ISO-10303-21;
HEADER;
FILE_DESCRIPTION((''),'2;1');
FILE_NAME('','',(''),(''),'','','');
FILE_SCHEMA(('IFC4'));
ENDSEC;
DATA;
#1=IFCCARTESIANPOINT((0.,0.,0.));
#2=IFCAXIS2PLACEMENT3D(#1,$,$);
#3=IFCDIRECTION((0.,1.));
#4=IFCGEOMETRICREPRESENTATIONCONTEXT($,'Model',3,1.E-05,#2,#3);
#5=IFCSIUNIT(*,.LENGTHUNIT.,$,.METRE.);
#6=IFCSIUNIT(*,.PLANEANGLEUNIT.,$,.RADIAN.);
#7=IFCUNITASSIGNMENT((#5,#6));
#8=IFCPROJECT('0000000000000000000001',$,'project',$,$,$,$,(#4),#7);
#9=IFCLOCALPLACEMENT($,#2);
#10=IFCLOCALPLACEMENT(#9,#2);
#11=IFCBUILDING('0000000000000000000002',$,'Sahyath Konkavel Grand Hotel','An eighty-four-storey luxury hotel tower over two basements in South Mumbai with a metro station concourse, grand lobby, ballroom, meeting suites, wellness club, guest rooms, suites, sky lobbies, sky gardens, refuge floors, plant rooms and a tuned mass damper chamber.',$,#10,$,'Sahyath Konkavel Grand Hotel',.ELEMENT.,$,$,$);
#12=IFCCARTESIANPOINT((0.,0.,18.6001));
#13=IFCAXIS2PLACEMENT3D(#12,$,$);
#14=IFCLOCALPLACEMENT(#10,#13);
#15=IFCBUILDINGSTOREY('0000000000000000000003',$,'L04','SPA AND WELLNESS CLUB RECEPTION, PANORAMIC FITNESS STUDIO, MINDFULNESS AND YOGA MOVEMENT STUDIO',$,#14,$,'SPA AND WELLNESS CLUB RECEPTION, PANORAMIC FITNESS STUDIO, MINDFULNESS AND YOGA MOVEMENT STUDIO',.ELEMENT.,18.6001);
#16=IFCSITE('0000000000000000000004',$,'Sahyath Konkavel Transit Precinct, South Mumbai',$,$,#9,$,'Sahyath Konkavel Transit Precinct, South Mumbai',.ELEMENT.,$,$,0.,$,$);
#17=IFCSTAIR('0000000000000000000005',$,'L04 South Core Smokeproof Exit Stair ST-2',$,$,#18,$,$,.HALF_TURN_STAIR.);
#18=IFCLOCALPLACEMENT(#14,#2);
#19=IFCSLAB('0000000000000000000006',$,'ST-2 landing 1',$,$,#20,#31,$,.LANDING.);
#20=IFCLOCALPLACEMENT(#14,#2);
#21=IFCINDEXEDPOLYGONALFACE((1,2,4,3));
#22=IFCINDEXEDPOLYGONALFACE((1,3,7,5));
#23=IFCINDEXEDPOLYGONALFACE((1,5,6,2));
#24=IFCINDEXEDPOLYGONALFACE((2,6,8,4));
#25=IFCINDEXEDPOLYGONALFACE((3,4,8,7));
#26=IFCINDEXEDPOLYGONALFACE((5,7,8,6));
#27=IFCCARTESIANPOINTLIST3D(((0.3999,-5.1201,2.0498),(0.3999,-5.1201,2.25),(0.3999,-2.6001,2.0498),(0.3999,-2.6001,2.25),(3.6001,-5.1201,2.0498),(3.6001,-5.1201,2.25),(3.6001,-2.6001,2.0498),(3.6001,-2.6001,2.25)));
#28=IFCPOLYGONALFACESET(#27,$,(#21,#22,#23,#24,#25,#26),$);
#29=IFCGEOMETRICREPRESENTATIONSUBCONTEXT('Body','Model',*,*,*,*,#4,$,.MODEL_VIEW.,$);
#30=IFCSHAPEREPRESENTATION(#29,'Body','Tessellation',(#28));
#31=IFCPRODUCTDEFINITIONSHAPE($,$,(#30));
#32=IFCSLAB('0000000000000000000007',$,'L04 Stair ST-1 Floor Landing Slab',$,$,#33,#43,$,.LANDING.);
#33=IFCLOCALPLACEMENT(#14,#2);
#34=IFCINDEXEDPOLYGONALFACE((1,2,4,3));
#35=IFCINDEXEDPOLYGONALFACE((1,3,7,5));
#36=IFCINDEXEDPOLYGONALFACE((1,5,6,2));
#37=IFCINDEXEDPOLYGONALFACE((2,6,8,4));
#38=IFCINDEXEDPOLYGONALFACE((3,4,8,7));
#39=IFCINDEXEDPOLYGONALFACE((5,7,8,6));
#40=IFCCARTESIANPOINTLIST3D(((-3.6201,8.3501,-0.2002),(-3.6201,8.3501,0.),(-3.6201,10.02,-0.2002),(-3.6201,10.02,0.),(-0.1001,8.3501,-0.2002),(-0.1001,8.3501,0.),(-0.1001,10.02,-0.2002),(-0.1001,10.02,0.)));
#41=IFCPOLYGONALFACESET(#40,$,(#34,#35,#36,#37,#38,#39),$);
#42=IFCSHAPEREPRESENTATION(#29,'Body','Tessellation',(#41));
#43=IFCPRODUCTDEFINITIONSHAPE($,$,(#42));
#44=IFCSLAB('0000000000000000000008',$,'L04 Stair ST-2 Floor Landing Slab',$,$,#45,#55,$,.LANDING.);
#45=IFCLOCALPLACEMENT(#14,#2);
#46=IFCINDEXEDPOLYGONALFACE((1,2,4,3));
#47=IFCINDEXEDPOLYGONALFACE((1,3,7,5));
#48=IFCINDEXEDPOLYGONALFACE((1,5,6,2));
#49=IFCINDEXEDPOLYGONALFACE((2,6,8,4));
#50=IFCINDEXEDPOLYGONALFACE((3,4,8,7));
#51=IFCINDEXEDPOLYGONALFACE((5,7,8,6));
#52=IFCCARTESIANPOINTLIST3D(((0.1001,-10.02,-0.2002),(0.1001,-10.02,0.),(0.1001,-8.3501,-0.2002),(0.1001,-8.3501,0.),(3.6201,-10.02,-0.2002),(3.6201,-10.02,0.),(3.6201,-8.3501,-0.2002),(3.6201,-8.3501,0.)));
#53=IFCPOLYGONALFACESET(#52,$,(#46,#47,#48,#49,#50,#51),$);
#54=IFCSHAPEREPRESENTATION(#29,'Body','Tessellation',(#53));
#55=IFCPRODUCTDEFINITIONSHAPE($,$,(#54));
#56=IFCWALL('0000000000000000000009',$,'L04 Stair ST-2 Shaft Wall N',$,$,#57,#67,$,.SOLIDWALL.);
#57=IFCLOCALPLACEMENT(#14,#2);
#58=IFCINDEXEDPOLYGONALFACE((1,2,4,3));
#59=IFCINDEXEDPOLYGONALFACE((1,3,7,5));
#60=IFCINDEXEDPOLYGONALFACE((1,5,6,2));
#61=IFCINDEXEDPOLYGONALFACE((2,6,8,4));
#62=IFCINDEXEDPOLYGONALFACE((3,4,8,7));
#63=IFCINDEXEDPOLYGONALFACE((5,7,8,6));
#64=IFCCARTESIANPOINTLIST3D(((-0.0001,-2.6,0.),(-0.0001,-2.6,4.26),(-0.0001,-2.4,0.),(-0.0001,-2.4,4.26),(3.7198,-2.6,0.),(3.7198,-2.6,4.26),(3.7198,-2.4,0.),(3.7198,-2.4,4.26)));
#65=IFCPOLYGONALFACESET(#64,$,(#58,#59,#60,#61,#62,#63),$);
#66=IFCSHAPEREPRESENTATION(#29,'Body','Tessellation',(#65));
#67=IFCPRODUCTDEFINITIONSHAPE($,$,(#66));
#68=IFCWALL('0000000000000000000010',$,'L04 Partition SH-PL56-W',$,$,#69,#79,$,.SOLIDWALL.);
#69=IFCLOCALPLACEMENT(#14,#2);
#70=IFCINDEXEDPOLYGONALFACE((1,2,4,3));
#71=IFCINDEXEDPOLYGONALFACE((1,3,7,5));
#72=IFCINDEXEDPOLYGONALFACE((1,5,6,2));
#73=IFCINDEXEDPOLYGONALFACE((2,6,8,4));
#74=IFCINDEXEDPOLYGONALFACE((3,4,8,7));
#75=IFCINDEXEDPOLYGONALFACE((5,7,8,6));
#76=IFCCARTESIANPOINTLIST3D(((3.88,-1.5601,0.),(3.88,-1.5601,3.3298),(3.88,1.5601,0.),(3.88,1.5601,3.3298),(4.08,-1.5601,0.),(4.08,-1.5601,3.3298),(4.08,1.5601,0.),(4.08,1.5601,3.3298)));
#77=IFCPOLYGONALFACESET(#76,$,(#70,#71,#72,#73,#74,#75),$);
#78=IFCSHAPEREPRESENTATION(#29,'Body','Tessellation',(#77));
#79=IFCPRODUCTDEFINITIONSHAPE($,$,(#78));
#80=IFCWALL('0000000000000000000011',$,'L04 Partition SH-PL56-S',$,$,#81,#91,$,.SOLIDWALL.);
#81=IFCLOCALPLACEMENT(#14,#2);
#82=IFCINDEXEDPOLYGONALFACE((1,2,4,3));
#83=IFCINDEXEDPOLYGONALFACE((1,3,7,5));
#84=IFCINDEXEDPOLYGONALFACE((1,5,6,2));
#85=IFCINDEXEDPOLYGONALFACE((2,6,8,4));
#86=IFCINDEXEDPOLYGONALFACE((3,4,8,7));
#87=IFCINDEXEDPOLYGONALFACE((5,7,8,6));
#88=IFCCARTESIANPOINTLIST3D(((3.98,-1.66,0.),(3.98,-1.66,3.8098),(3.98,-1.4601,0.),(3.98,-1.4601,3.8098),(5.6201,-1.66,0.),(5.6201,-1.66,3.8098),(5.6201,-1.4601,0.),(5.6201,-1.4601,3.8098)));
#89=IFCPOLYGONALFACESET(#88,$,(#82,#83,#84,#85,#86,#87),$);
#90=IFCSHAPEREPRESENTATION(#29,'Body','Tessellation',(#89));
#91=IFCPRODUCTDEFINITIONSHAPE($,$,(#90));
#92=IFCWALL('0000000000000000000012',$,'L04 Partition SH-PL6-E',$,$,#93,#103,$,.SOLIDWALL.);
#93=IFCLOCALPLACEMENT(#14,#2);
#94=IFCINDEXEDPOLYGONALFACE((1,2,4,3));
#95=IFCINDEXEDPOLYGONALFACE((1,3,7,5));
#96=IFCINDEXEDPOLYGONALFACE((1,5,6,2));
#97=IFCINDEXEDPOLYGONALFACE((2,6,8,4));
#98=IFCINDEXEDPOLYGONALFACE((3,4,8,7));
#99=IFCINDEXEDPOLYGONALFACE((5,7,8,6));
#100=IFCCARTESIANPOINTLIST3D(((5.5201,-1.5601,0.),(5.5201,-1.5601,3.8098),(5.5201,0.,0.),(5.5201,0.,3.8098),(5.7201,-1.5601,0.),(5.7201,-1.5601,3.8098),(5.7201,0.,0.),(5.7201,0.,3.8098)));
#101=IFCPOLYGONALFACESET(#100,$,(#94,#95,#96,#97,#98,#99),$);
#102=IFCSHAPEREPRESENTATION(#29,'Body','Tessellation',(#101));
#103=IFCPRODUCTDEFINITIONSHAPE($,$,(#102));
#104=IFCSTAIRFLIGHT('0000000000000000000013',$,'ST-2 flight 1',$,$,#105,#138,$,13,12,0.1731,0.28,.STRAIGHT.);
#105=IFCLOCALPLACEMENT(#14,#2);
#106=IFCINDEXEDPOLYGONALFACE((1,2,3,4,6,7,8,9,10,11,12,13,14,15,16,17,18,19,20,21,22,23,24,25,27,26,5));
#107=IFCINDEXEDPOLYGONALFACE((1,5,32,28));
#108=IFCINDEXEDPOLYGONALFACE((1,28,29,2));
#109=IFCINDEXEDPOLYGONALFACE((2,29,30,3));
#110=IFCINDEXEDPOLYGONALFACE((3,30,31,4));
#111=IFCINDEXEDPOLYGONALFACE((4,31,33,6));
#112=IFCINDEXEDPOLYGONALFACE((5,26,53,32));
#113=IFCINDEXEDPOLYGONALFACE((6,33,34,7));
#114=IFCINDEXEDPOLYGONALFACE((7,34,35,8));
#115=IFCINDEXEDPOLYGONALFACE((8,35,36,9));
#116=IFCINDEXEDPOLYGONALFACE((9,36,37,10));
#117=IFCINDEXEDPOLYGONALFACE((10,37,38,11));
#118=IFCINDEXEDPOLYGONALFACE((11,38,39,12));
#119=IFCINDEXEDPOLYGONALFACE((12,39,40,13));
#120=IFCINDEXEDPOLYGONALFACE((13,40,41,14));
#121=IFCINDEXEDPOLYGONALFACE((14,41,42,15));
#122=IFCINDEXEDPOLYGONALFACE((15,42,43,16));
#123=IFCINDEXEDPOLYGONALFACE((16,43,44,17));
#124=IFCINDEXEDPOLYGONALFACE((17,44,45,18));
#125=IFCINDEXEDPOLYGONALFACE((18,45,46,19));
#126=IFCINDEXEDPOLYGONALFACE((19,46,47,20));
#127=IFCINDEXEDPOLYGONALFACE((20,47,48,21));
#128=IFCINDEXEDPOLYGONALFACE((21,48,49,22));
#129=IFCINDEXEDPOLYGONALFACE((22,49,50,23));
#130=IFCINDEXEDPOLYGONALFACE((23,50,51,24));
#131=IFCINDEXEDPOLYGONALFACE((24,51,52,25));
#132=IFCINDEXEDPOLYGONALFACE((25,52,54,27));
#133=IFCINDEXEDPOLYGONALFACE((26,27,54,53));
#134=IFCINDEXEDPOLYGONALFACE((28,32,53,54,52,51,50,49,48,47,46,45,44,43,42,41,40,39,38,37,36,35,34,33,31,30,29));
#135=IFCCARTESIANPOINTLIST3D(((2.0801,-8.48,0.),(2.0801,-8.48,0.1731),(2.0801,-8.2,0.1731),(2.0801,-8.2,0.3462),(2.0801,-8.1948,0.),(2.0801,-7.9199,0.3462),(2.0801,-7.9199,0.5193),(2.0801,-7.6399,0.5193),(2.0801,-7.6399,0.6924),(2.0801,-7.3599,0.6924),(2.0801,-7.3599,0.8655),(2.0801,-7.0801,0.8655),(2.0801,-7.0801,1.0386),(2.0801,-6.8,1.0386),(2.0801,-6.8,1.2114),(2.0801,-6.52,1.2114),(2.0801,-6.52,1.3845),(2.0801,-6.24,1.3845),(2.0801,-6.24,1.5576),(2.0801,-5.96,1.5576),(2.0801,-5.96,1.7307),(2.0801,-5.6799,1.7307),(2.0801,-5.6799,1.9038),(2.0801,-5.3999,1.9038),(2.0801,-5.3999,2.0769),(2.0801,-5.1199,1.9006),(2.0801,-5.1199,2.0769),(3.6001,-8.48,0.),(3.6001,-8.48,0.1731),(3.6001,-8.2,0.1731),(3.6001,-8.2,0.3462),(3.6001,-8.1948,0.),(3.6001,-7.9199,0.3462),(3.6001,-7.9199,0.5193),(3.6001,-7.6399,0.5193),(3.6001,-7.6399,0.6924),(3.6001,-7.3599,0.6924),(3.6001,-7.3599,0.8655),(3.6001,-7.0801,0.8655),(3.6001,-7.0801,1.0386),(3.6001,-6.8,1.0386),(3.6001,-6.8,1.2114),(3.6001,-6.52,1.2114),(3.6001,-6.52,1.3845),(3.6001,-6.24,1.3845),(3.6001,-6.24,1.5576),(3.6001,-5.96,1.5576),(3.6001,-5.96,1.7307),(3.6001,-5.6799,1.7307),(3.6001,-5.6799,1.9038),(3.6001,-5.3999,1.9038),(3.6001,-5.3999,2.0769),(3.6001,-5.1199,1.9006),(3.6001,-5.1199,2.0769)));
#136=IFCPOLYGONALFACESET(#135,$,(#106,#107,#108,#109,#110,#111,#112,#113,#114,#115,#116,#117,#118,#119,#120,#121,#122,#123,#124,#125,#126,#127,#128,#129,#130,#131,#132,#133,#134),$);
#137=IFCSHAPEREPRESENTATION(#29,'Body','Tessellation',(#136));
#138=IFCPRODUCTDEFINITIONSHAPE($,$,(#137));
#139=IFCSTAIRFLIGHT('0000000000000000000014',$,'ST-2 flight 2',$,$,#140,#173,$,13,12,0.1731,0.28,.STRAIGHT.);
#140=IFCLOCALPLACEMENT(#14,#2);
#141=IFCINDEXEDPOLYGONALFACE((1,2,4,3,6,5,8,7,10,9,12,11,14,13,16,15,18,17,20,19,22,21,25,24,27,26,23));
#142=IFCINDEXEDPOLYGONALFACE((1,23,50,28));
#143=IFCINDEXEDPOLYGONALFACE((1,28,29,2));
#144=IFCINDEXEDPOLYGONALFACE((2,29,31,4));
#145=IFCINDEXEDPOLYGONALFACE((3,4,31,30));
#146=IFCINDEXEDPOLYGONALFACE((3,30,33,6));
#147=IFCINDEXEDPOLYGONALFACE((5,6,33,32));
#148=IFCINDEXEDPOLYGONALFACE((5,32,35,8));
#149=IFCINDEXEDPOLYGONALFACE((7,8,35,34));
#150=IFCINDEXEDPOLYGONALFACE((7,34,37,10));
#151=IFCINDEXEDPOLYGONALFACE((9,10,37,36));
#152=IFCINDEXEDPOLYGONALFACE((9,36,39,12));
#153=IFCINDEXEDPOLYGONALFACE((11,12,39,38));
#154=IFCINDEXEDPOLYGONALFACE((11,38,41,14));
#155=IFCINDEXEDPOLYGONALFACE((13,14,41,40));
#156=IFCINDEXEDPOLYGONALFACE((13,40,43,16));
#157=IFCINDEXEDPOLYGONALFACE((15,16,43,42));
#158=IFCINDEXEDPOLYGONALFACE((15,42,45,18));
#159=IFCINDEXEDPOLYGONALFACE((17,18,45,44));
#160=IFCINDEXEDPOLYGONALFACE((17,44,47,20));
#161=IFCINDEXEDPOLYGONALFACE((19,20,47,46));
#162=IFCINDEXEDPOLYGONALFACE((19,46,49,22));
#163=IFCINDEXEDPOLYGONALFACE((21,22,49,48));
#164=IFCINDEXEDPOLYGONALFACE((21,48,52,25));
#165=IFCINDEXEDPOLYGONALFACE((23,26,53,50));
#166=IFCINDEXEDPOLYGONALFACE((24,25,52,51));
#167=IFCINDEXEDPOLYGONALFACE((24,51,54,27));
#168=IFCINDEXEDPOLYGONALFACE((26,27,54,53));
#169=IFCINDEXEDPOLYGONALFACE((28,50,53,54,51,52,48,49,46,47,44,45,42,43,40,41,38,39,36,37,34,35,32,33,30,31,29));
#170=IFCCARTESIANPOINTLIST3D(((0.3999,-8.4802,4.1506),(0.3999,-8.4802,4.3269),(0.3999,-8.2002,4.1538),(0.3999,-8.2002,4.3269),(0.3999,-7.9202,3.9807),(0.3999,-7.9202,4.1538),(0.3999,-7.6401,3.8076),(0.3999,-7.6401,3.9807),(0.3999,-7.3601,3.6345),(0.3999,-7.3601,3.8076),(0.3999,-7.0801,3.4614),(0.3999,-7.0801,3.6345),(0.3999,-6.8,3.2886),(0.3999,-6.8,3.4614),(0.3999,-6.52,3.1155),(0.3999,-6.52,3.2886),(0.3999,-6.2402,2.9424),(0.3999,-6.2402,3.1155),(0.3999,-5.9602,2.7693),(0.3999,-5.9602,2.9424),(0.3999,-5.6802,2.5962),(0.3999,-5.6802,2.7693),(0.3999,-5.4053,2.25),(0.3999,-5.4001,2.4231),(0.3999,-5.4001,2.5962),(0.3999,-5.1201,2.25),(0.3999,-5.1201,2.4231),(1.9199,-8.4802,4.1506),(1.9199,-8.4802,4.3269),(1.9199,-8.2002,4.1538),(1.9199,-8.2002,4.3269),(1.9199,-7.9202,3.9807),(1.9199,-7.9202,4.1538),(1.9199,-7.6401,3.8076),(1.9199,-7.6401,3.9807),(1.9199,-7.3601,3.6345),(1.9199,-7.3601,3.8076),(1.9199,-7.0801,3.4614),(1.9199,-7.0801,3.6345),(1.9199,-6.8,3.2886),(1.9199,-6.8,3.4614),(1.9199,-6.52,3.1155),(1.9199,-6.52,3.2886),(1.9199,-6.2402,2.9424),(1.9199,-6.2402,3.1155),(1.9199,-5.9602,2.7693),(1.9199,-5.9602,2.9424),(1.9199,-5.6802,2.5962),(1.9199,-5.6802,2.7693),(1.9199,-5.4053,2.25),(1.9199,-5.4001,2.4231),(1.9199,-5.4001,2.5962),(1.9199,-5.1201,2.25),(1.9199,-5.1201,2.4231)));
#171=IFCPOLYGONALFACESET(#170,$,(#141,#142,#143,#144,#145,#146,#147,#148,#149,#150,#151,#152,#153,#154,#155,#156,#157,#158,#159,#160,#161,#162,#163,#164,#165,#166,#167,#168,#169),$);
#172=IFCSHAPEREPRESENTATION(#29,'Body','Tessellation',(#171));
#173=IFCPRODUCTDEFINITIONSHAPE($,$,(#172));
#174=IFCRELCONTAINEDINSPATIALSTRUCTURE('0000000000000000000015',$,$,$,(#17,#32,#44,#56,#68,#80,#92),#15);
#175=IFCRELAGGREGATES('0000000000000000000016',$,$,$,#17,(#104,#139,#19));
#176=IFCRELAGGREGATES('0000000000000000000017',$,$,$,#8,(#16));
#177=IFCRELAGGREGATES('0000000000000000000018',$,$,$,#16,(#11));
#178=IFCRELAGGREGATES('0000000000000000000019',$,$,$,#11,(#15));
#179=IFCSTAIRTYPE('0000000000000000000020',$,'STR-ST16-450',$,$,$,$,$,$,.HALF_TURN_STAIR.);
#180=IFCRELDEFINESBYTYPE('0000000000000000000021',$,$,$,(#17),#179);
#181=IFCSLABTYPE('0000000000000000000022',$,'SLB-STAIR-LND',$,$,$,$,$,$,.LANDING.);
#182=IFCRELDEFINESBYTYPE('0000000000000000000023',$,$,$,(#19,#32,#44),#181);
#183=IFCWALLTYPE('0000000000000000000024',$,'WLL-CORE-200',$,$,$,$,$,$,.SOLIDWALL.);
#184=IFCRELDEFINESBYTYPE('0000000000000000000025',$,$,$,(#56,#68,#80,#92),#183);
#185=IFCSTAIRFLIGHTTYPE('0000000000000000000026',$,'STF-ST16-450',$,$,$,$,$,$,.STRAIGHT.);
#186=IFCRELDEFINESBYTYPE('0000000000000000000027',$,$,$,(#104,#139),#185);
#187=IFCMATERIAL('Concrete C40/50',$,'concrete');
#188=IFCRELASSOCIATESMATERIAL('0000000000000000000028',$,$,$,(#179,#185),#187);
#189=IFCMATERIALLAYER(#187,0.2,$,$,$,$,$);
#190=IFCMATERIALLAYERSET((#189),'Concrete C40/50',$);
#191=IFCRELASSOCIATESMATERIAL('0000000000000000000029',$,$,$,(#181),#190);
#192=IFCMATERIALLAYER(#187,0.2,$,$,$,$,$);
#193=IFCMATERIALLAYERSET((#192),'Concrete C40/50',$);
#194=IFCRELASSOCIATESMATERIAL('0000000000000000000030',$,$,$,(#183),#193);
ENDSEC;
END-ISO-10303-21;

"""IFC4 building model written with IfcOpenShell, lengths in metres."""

from ifc_helpers import new_model, si_unit, direction, frame, frame_2d, origin, place, context, subcontext, project, spatial, polyline, rectangle, outline, extrude, material, layer, layer_set, type_object, element, aggregate, save


model = new_model("IFC4")

# Units and contexts
model_context = context("Model", 3, precision=1e-05, world=origin(), true_north=direction((0.0, 1.0)))
body_context = subcontext(model_context, "Body", "Model", "MODEL_VIEW")
ifc_project = project(units=[si_unit("LENGTHUNIT", "METRE"), si_unit("PLANEANGLEUNIT", "RADIAN")], contexts=[model_context])

# Site, building, storey
site_placement = place(None, origin())
site = spatial("IfcSite", under=ifc_project, at=site_placement, Name="Sahyath Konkavel Transit Precinct, South Mumbai", LongName="Sahyath Konkavel Transit Precinct, South Mumbai", CompositionType="ELEMENT", RefElevation=0.0)
building_placement = place(site_placement, origin())
building = spatial("IfcBuilding", under=site, at=building_placement, Name="Sahyath Konkavel Grand Hotel", Description="An eighty-four-storey luxury hotel tower over two basements in South Mumbai with a metro station concourse, grand lobby, ballroom, meeting suites, wellness club, guest rooms, suites, sky lobbies, sky gardens, refuge floors, plant rooms and a tuned mass damper chamber.", LongName="Sahyath Konkavel Grand Hotel", CompositionType="ELEMENT")
storey_placement = place(building_placement, frame((0.0, 0.0, 18.6001)))
storey = spatial("IfcBuildingStorey", under=building, at=storey_placement, Name="L04", Description="SPA AND WELLNESS CLUB RECEPTION, PANORAMIC FITNESS STUDIO, MINDFULNESS AND YOGA MOVEMENT STUDIO", LongName="SPA AND WELLNESS CLUB RECEPTION, PANORAMIC FITNESS STUDIO, MINDFULNESS AND YOGA MOVEMENT STUDIO", CompositionType="ELEMENT", Elevation=18.6001)

# Stair, slab
ifc_material_1 = material(Name="Concrete C40/50", Category="concrete")
stair_type = type_object("IfcStairType", Name="STR-ST16-450", PredefinedType="HALF_TURN_STAIR", material=ifc_material_1)
ifc_layer_1 = layer(ifc_material_1, 0.2)
ifc_layer_set_1 = layer_set([ifc_layer_1], Name="Concrete C40/50")
slab_type_1 = type_object("IfcSlabType", Name="SLB-STAIR-LND", PredefinedType="LANDING", material=ifc_layer_set_1)
stair_1_placement = place(storey_placement, origin())
stair_1 = element("IfcStair", 1, at=stair_1_placement, inside=storey, type_object=stair_type, Name="L04 South Core Smokeproof Exit Stair ST-2", PredefinedType="HALF_TURN_STAIR")
slab_1_placement = place(storey_placement, frame((0.0, 0.0, 2.0498)))
slab_1 = element("IfcSlab", 2, at=slab_1_placement, type_object=slab_type_1, Name="ST-2 landing 1", PredefinedType="LANDING", context=body_context, shape_type="SweptSolid", body=[
    extrude(outline(polyline([(3.6001, -5.1201), (3.6001, -2.6001), (0.3999, -2.6001), (0.3999, -5.1201), (3.6001, -5.1201)])), origin(), (0.0, 0.0, 1.0), 0.2002),
])

# Slabs
slab_2_placement = place(storey_placement, frame((0.0, 0.0, -0.2002)))
element("IfcSlab", 3, at=slab_2_placement, inside=storey, type_object=slab_type_1, Name="L04 Stair ST-1 Floor Landing Slab", PredefinedType="LANDING", context=body_context, shape_type="SweptSolid", body=[
    extrude(outline(polyline([(-3.6201, 8.3501), (-0.1001, 8.3501), (-0.1001, 10.02), (-3.6201, 10.02), (-3.6201, 8.3501)])), origin(), (0.0, 0.0, 1.0), 0.2002),
])
slab_3_placement = place(storey_placement, frame((0.0, 0.0, -0.2002)))
element("IfcSlab", 4, at=slab_3_placement, inside=storey, type_object=slab_type_1, Name="L04 Stair ST-2 Floor Landing Slab", PredefinedType="LANDING", context=body_context, shape_type="SweptSolid", body=[
    extrude(outline(polyline([(0.1001, -10.02), (3.6201, -10.02), (3.6201, -8.3501), (0.1001, -8.3501), (0.1001, -10.02)])), origin(), (0.0, 0.0, 1.0), 0.2002),
])

# Walls
ifc_layer_2 = layer(ifc_material_1, 0.2)
ifc_layer_set_2 = layer_set([ifc_layer_2], Name="Concrete C40/50")
wall_type = type_object("IfcWallType", Name="WLL-CORE-200", PredefinedType="SOLIDWALL", material=ifc_layer_set_2)
wall_1_placement = place(storey_placement, frame((0.0, -2.5, 0.0), z_axis=(0.0, 0.0, 1.0), x_axis=(1.0, 0.0, 0.0)))
element("IfcWall", 5, at=wall_1_placement, inside=storey, type_object=wall_type, Name="L04 Stair ST-2 Shaft Wall N", PredefinedType="SOLIDWALL", context=body_context, shape_type="SweptSolid", body=[
    extrude(rectangle(XDim=3.72, YDim=0.2, at=frame_2d((1.8599, 0.0))), origin(), (0.0, 0.0, 1.0), 4.26),
])
wall_2_placement = place(storey_placement, frame((3.98, -1.5601, 0.0), z_axis=(0.0, 0.0, 1.0), x_axis=(0.0, 1.0, 0.0)))
element("IfcWall", 6, at=wall_2_placement, inside=storey, type_object=wall_type, Name="L04 Partition SH-PL56-W", PredefinedType="SOLIDWALL", context=body_context, shape_type="SweptSolid", body=[
    extrude(rectangle(XDim=3.1201, YDim=0.2, at=frame_2d((1.5601, 0.0))), origin(), (0.0, 0.0, 1.0), 3.3298),
])
wall_3_placement = place(storey_placement, frame((3.98, -1.5601, 0.0), z_axis=(0.0, 0.0, 1.0), x_axis=(1.0, 0.0, 0.0)))
element("IfcWall", 7, at=wall_3_placement, inside=storey, type_object=wall_type, Name="L04 Partition SH-PL56-S", PredefinedType="SOLIDWALL", context=body_context, shape_type="SweptSolid", body=[
    extrude(rectangle(XDim=1.6401, YDim=0.2, at=frame_2d((0.8201, 0.0))), origin(), (0.0, 0.0, 1.0), 3.8098),
])
wall_4_placement = place(storey_placement, frame((5.6201, -1.5601, 0.0), z_axis=(0.0, 0.0, 1.0), x_axis=(0.0, 1.0, 0.0)))
element("IfcWall", 8, at=wall_4_placement, inside=storey, type_object=wall_type, Name="L04 Partition SH-PL6-E", PredefinedType="SOLIDWALL", context=body_context, shape_type="SweptSolid", body=[
    extrude(rectangle(XDim=1.5601, YDim=0.2, at=frame_2d((0.78, 0.0))), origin(), (0.0, 0.0, 1.0), 3.8098),
])

# Stair flights
stair_flight_type = type_object("IfcStairFlightType", Name="STF-ST16-450", PredefinedType="STRAIGHT", material=ifc_material_1)
stair_flight_1_placement = place(storey_placement, frame((2.8401, -8.48, 0.0), z_axis=(0.0, 0.0, 1.0), x_axis=(0.0, 1.0, 0.0)))
stair_flight_1 = element("IfcStairFlight", 9, at=stair_flight_1_placement, type_object=stair_flight_type, Name="ST-2 flight 1", NumberOfRisers=13, NumberOfTreads=12, PredefinedType="STRAIGHT", RiserHeight=0.1731, TreadLength=0.28, context=body_context, shape_type="SweptSolid", body=[
    extrude(outline(polyline([(0.0, 0.0), (0.0, 0.1731), (0.28, 0.1731), (0.28, 0.3462), (0.5601, 0.3462), (0.5601, 0.5193), (0.8401, 0.5193), (0.8401, 0.6924), (1.1201, 0.6924), (1.1201, 0.8655), (1.3999, 0.8655), (1.3999, 1.0386), (1.6799, 1.0386), (1.6799, 1.2114), (1.96, 1.2114), (1.96, 1.3845), (2.24, 1.3845), (2.24, 1.5576), (2.52, 1.5576), (2.52, 1.7307), (2.8, 1.7307), (2.8, 1.9038), (3.0801, 1.9038), (3.0801, 2.0769), (3.3601, 2.0769), (3.3601, 2.25), (3.3601, 1.9006), (0.2852, 0.0), (0.0, 0.0)])), frame((0.0, 0.76, 0.0), z_axis=(0.0, -1.0, 0.0), x_axis=(1.0, 0.0, 0.0)), (0.0, 0.0, 1.0), 1.52),
])
stair_flight_2_placement = place(storey_placement, frame((1.1599, -5.1201, 2.25), z_axis=(0.0, 0.0, 1.0), x_axis=(0.0, -1.0, 0.0)))
stair_flight_2 = element("IfcStairFlight", 10, at=stair_flight_2_placement, type_object=stair_flight_type, Name="ST-2 flight 2", NumberOfRisers=13, NumberOfTreads=12, PredefinedType="STRAIGHT", RiserHeight=0.1731, TreadLength=0.28, context=body_context, shape_type="SweptSolid", body=[
    extrude(outline(polyline([(0.0, 0.0), (0.0, 0.1731), (0.28, 0.1731), (0.28, 0.3462), (0.5601, 0.3462), (0.5601, 0.5193), (0.8401, 0.5193), (0.8401, 0.6924), (1.1201, 0.6924), (1.1201, 0.8655), (1.3999, 0.8655), (1.3999, 1.0386), (1.6799, 1.0386), (1.6799, 1.2114), (1.96, 1.2114), (1.96, 1.3845), (2.24, 1.3845), (2.24, 1.5576), (2.52, 1.5576), (2.52, 1.7307), (2.8, 1.7307), (2.8, 1.9038), (3.0801, 1.9038), (3.0801, 2.0769), (3.3601, 2.0769), (3.3601, 2.25), (3.3601, 1.9006), (0.2852, 0.0), (0.0, 0.0)])), frame((0.0, 0.76, 0.0), z_axis=(0.0, -1.0, 0.0), x_axis=(1.0, 0.0, 0.0)), (0.0, 0.0, 1.0), 1.52),
])
aggregate(stair_1, [stair_flight_1, stair_flight_2, slab_1])

save(model, "model.ifc")
